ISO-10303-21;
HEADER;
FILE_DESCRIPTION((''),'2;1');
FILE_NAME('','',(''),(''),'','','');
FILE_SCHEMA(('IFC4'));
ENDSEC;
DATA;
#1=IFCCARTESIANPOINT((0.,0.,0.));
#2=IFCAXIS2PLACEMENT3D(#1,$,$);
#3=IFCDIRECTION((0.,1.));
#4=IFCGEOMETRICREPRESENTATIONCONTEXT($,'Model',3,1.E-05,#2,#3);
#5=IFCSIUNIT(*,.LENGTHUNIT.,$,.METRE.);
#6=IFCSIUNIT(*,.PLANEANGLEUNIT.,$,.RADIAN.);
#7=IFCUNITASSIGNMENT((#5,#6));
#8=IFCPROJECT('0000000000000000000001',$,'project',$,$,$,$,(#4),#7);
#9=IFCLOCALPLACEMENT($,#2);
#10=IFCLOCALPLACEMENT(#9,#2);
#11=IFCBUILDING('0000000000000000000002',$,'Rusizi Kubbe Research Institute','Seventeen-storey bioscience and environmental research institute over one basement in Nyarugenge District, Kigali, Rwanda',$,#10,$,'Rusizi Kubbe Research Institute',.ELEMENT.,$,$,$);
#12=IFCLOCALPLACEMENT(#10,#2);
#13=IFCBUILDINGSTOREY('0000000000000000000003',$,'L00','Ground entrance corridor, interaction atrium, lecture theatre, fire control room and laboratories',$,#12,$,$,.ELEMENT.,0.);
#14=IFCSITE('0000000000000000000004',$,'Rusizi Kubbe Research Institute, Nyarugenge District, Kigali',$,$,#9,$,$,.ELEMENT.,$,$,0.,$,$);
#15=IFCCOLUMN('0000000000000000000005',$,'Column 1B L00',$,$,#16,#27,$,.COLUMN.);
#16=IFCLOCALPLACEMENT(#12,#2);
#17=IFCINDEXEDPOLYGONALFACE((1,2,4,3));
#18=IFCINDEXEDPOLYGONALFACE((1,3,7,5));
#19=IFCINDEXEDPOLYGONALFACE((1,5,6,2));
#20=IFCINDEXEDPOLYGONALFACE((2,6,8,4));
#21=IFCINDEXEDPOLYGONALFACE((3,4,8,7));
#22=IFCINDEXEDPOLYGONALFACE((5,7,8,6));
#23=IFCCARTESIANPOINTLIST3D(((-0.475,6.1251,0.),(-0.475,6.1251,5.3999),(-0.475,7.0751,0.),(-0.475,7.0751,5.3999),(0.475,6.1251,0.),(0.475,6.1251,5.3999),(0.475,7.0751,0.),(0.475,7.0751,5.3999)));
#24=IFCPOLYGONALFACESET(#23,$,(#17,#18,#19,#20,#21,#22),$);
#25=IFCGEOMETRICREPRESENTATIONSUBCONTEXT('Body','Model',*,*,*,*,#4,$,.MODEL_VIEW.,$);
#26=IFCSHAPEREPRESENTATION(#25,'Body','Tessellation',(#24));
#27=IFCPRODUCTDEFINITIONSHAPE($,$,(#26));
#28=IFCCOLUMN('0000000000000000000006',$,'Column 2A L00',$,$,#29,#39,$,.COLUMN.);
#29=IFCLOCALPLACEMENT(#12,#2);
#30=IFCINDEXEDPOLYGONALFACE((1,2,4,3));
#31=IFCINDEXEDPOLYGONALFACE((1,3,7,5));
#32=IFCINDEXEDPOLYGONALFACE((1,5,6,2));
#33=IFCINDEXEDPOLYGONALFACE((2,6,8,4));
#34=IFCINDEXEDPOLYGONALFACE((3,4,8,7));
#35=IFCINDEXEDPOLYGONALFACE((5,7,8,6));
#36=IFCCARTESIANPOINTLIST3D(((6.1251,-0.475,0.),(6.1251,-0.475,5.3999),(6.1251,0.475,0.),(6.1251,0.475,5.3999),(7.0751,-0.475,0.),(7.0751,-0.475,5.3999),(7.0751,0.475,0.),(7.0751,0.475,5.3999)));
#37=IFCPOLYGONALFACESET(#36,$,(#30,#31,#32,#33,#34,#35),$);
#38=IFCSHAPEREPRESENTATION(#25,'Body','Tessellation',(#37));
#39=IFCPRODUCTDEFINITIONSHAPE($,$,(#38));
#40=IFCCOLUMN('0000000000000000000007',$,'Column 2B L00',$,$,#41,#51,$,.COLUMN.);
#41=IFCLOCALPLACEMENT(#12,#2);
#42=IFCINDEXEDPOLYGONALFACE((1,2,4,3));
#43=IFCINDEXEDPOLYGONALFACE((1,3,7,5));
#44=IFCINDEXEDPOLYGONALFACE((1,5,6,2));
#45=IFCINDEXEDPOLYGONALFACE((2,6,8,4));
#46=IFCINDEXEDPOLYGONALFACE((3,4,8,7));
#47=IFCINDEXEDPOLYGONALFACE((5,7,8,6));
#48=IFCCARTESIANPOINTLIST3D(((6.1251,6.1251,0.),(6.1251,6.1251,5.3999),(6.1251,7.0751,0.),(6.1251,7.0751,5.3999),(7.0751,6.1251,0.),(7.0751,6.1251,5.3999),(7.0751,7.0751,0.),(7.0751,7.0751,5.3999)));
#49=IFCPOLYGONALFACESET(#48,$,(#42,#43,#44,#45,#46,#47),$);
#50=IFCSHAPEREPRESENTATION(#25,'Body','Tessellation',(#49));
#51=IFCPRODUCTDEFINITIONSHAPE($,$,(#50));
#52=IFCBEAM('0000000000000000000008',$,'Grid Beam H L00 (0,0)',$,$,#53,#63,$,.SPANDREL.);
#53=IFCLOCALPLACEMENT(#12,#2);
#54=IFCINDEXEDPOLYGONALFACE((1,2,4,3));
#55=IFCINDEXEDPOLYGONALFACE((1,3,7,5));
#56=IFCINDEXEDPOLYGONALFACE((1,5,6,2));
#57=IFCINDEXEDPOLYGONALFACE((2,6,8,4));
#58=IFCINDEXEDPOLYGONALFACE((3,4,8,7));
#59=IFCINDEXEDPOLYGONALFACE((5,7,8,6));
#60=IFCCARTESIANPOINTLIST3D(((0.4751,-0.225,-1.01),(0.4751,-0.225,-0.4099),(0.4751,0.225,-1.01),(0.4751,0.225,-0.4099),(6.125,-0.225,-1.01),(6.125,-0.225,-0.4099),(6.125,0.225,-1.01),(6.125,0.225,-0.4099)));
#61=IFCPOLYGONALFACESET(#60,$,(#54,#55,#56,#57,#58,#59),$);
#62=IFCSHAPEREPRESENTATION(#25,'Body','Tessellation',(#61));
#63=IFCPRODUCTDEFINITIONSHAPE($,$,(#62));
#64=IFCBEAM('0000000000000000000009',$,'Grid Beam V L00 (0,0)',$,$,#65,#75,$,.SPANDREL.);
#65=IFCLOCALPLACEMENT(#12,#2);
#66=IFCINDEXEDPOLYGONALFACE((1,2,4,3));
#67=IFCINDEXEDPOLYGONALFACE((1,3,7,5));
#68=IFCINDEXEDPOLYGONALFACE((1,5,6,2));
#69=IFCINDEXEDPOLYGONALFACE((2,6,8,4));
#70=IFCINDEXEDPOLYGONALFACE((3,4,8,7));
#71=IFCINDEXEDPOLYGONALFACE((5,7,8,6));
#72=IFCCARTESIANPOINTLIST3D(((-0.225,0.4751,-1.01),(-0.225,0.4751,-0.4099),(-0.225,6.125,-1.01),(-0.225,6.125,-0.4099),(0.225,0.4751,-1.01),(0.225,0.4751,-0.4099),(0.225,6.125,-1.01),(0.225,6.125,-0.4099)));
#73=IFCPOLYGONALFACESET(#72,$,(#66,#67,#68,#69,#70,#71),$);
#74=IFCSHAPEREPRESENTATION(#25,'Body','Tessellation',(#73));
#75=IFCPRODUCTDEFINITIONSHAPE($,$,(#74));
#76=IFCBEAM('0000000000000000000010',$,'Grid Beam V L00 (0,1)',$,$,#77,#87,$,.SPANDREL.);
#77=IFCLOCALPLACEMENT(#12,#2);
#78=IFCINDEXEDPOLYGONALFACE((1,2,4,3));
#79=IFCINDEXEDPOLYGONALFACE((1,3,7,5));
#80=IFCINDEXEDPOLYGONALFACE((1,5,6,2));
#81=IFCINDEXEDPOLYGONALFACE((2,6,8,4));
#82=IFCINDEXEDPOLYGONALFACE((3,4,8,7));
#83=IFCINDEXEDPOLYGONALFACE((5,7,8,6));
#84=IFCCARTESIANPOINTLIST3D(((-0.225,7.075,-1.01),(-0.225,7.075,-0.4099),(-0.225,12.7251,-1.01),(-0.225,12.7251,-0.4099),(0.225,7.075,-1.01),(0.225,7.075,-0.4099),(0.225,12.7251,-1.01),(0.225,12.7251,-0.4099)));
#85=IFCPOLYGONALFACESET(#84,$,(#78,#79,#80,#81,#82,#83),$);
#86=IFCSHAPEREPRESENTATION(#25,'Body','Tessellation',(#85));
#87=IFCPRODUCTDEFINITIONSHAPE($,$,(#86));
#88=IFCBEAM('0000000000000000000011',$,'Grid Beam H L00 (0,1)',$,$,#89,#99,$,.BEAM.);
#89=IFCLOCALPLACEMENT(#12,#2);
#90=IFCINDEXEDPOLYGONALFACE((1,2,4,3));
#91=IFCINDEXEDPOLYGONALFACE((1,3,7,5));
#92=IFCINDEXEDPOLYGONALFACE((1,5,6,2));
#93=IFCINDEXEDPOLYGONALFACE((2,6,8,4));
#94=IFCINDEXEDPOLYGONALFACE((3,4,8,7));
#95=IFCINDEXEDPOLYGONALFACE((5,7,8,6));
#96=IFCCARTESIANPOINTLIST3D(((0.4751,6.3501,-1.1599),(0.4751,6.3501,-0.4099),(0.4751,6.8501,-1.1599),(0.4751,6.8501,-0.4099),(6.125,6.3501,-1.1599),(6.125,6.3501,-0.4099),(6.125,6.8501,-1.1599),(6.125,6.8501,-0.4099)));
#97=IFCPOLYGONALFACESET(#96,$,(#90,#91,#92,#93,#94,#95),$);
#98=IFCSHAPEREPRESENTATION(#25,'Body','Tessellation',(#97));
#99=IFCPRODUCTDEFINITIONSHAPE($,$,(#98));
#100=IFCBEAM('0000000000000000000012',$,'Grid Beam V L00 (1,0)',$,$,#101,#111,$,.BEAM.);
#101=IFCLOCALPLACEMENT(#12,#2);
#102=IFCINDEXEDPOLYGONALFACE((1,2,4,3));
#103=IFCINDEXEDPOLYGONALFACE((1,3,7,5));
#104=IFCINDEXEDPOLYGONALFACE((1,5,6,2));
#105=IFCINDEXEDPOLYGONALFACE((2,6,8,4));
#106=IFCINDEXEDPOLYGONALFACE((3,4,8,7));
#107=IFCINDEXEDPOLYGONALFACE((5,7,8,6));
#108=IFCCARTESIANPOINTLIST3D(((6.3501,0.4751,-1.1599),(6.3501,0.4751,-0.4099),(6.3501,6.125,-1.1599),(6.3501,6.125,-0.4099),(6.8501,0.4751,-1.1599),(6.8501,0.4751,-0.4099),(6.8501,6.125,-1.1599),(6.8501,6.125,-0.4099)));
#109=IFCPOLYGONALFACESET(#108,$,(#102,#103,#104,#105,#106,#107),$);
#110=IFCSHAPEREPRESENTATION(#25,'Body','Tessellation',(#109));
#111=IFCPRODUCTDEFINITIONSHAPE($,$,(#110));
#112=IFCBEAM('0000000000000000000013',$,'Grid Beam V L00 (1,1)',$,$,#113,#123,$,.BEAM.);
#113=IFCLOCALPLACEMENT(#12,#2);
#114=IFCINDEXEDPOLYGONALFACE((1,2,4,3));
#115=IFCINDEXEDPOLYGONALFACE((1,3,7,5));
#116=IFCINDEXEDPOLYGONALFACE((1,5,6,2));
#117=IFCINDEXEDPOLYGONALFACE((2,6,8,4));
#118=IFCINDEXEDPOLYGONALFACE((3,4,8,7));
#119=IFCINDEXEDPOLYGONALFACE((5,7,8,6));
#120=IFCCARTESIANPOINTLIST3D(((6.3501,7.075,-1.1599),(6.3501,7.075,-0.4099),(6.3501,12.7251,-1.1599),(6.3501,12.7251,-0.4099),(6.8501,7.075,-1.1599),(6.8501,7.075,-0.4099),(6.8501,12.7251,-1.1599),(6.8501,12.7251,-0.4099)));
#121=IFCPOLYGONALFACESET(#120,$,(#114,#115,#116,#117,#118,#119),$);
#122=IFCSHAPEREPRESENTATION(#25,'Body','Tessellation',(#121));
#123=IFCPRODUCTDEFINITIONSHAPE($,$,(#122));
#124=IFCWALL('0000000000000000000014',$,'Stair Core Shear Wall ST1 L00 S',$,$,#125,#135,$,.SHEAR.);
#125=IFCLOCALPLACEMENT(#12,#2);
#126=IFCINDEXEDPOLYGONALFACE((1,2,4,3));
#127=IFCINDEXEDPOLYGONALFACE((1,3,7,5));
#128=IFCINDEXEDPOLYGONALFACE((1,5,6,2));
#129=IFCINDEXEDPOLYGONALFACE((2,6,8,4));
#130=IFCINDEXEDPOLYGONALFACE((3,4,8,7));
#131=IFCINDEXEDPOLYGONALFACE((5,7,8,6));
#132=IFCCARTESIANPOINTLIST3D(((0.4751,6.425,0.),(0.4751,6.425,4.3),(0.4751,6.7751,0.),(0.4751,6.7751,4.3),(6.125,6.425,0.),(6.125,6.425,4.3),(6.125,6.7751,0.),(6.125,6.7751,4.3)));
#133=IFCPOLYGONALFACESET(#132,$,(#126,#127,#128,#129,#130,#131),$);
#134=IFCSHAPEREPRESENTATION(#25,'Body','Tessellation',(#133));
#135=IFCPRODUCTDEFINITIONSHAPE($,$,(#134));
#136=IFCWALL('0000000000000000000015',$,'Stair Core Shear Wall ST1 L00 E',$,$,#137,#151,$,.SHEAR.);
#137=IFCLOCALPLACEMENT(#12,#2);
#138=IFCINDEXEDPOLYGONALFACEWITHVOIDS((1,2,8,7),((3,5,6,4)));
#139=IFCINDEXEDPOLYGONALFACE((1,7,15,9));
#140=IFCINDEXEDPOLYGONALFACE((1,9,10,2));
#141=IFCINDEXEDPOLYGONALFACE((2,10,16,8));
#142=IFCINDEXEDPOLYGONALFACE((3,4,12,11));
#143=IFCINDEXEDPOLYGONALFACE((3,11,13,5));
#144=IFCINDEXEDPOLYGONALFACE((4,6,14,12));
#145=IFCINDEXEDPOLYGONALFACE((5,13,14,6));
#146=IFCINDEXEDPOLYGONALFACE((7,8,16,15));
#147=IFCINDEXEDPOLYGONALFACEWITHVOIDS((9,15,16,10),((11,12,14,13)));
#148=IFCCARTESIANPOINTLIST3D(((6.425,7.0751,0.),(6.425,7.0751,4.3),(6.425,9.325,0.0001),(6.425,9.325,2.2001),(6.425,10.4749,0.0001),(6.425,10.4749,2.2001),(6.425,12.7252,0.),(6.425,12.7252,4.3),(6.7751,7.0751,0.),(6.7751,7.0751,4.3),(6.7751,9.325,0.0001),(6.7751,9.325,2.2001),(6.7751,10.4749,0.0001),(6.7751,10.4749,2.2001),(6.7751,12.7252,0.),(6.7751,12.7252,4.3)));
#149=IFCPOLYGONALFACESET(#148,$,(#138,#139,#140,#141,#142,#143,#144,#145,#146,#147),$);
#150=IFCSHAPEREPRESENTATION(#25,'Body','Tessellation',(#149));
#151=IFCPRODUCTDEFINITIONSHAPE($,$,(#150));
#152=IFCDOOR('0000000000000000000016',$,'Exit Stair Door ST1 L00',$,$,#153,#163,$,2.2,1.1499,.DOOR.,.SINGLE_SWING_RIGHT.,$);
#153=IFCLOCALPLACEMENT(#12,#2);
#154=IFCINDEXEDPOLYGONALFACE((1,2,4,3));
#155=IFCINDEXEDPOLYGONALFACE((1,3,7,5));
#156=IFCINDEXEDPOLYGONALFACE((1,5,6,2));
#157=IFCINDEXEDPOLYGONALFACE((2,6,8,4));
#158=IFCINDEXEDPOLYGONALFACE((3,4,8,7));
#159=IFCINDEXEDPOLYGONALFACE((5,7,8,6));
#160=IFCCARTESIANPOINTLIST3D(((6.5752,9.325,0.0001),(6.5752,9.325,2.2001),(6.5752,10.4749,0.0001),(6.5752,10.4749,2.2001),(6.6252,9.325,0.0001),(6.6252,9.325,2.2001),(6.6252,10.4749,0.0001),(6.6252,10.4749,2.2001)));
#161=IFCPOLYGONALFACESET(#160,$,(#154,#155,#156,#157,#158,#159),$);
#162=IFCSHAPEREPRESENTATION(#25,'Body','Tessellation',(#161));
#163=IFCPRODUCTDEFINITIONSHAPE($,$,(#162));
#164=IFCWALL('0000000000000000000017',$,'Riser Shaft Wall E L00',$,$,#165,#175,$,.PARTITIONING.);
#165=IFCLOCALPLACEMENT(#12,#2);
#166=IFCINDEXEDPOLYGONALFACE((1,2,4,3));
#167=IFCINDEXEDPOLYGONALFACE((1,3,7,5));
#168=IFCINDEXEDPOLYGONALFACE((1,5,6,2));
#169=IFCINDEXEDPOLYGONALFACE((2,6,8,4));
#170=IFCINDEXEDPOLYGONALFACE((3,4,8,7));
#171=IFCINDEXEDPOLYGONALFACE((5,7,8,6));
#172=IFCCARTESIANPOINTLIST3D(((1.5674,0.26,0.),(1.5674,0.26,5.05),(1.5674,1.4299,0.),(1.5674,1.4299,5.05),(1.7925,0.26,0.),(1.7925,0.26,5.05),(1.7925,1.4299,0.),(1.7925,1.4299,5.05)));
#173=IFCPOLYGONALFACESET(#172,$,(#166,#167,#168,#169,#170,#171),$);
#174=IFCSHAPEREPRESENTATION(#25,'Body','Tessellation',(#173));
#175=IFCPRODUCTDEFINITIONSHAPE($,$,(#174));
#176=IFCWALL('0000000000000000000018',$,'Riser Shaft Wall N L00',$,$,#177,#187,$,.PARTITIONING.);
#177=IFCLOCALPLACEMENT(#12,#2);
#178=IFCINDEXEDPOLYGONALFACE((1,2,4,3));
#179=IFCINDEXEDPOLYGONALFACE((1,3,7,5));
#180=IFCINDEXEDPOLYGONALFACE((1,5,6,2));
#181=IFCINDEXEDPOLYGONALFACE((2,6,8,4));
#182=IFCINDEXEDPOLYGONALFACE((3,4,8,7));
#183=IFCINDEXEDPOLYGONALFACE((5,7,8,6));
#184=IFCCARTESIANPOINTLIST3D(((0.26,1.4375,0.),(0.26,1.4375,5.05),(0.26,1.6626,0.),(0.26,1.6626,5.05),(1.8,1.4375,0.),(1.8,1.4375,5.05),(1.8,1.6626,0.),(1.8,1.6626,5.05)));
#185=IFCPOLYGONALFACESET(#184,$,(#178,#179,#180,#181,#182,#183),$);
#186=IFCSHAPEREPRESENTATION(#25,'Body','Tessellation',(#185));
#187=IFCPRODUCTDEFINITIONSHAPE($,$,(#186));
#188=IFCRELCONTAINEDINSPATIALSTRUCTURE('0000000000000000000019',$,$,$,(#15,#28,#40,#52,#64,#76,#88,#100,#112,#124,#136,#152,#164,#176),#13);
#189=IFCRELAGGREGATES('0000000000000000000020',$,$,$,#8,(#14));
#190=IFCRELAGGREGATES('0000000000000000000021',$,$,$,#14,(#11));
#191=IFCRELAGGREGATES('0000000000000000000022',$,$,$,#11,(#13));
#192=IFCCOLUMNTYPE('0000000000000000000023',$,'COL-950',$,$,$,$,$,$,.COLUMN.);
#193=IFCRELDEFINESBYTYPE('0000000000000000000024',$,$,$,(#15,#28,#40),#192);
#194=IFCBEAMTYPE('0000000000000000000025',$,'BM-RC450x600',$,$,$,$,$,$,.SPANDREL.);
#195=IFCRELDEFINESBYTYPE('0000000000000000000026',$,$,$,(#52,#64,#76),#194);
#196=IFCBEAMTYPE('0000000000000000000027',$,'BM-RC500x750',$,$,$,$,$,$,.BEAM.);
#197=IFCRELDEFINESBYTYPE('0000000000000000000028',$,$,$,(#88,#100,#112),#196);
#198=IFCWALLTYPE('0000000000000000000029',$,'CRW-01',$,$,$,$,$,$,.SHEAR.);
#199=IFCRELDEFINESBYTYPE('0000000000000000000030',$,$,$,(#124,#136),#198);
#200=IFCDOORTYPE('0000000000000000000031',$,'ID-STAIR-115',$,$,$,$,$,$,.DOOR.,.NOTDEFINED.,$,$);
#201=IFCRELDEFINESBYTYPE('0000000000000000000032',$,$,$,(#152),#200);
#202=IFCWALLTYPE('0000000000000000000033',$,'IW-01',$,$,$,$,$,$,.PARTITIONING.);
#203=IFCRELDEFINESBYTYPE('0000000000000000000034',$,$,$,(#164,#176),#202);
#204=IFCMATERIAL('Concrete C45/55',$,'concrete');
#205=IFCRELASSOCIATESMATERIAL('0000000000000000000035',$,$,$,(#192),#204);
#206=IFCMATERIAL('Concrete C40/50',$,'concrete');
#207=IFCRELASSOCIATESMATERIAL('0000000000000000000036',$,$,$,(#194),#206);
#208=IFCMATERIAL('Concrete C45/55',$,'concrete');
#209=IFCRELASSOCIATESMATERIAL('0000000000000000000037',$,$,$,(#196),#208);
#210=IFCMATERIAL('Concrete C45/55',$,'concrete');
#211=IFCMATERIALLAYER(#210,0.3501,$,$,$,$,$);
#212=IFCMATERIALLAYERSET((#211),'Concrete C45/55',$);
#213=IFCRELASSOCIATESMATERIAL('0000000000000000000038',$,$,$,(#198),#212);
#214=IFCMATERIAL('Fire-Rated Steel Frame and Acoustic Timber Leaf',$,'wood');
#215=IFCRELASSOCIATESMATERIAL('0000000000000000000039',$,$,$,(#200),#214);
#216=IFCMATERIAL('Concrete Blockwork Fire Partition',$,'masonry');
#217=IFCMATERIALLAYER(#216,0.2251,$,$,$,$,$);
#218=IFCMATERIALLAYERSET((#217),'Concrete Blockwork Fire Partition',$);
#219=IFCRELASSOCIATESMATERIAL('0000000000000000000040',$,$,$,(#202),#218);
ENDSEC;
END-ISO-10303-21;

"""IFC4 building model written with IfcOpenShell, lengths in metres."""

from ifc_helpers import new_model, si_unit, direction, frame, frame_2d, origin, origin_2d, place, context, subcontext, project, spatial, rectangle, extrude, material, layer, layer_set, material_profile, profile_set, type_object, element, fill, save


model = new_model("IFC4")

# Units and contexts
model_context = context("Model", 3, precision=1e-05, world=origin(), true_north=direction((0.0, 1.0)))
body_context = subcontext(model_context, "Body", "Model", "MODEL_VIEW")
ifc_project = project(units=[si_unit("LENGTHUNIT", "METRE"), si_unit("PLANEANGLEUNIT", "RADIAN")], contexts=[model_context])

# Site, building, storey
site_placement = place(None, origin())
site = spatial("IfcSite", under=ifc_project, at=site_placement, Name="Rusizi Kubbe Research Institute, Nyarugenge District, Kigali", CompositionType="ELEMENT", RefElevation=0.0)
building_placement = place(site_placement, origin())
building = spatial("IfcBuilding", under=site, at=building_placement, Name="Rusizi Kubbe Research Institute", Description="Seventeen-storey bioscience and environmental research institute over one basement in Nyarugenge District, Kigali, Rwanda", LongName="Rusizi Kubbe Research Institute", CompositionType="ELEMENT")
storey_placement = place(building_placement, origin())
storey = spatial("IfcBuildingStorey", under=building, at=storey_placement, Name="L00", Description="Ground entrance corridor, interaction atrium, lecture theatre, fire control room and laboratories", CompositionType="ELEMENT", Elevation=0.0)

# Columns
ifc_material_1 = material(Name="Concrete C45/55", Category="concrete")
ifc_material_profile_1 = material_profile(ifc_material_1, rectangle(XDim=0.95, YDim=0.95, at=origin_2d()), Name="RC950x950")
ifc_profile_set_1 = profile_set([ifc_material_profile_1], Name="Concrete C45/55")
column_type = type_object("IfcColumnType", Name="COL-950", PredefinedType="COLUMN", material=ifc_profile_set_1)
for number, where, z_axis, x_axis, name in (
    (1, (0.0, 6.6001, 0.0), (0.0, 0.0, 1.0), (1.0, 0.0, 0.0), "Column 1B L00"),
    (2, (6.6001, 0.0, 0.0), (0.0, 0.0, 1.0), (1.0, 0.0, 0.0), "Column 2A L00"),
    (3, (6.6001, 6.6001, 0.0), (0.0, 0.0, 1.0), (1.0, 0.0, 0.0), "Column 2B L00"),
):
    element("IfcColumn", number, at=place(storey_placement, frame(where, z_axis=z_axis, x_axis=x_axis)), inside=storey, type_object=column_type, Name=name, PredefinedType="COLUMN", context=body_context, shape_type="SweptSolid", body=[
        extrude(rectangle(XDim=0.95, YDim=0.95, at=origin_2d()), origin(), (0.0, 0.0, 1.0), 5.3999),
    ])

# Beams
ifc_material_2 = material(Name="Concrete C40/50", Category="concrete")
ifc_material_profile_2 = material_profile(ifc_material_2, rectangle(XDim=0.45, YDim=0.6001, at=origin_2d()), Name="RC450x600")
ifc_profile_set_2 = profile_set([ifc_material_profile_2], Name="Concrete C40/50")
beam_type_1 = type_object("IfcBeamType", Name="BM-RC450x600", PredefinedType="SPANDREL", material=ifc_profile_set_2)
for number, where, z_axis, x_axis, name in (
    (4, (0.4751, 0.0, -0.71), (1.0, 0.0, 0.0), (0.0, 1.0, 0.0), "Grid Beam H L00 (0,0)"),
    (5, (0.0, 0.4751, -0.71), (0.0, 1.0, 0.0), (-1.0, 0.0, 0.0), "Grid Beam V L00 (0,0)"),
):
    element("IfcBeam", number, at=place(storey_placement, frame(where, z_axis=z_axis, x_axis=x_axis)), inside=storey, type_object=beam_type_1, Name=name, PredefinedType="SPANDREL", context=body_context, shape_type="SweptSolid", body=[
        extrude(rectangle(XDim=0.45, YDim=0.6001, at=origin_2d()), origin(), (0.0, 0.0, 1.0), 5.6499),
    ])
beam_1_placement = place(storey_placement, frame((0.0, 7.075, -0.71), z_axis=(0.0, 1.0, 0.0), x_axis=(-1.0, 0.0, 0.0)))
element("IfcBeam", 6, at=beam_1_placement, inside=storey, type_object=beam_type_1, Name="Grid Beam V L00 (0,1)", PredefinedType="SPANDREL", context=body_context, shape_type="SweptSolid", body=[
    extrude(rectangle(XDim=0.45, YDim=0.6001, at=origin_2d()), origin(), (0.0, 0.0, 1.0), 5.6501),
])
ifc_material_3 = material(Name="Concrete C45/55", Category="concrete")
ifc_material_profile_3 = material_profile(ifc_material_3, rectangle(XDim=0.5, YDim=0.75, at=origin_2d()), Name="RC500x750B")
ifc_profile_set_3 = profile_set([ifc_material_profile_3], Name="Concrete C45/55")
beam_type_2 = type_object("IfcBeamType", Name="BM-RC500x750", PredefinedType="BEAM", material=ifc_profile_set_3)
for number, where, z_axis, x_axis, name in (
    (7, (0.4751, 6.6001, -0.7849), (1.0, 0.0, 0.0), (0.0, 1.0, 0.0), "Grid Beam H L00 (0,1)"),
    (8, (6.6001, 0.4751, -0.7849), (0.0, 1.0, 0.0), (-1.0, 0.0, 0.0), "Grid Beam V L00 (1,0)"),
):
    element("IfcBeam", number, at=place(storey_placement, frame(where, z_axis=z_axis, x_axis=x_axis)), inside=storey, type_object=beam_type_2, Name=name, PredefinedType="BEAM", context=body_context, shape_type="SweptSolid", body=[
        extrude(rectangle(XDim=0.5, YDim=0.75, at=origin_2d()), origin(), (0.0, 0.0, 1.0), 5.6499),
    ])
beam_2_placement = place(storey_placement, frame((6.6001, 7.075, -0.7849), z_axis=(0.0, 1.0, 0.0), x_axis=(-1.0, 0.0, 0.0)))
element("IfcBeam", 9, at=beam_2_placement, inside=storey, type_object=beam_type_2, Name="Grid Beam V L00 (1,1)", PredefinedType="BEAM", context=body_context, shape_type="SweptSolid", body=[
    extrude(rectangle(XDim=0.5, YDim=0.75, at=origin_2d()), origin(), (0.0, 0.0, 1.0), 5.6501),
])

# Wall
ifc_material_4 = material(Name="Concrete C45/55", Category="concrete")
ifc_layer_1 = layer(ifc_material_4, 0.3501)
ifc_layer_set_1 = layer_set([ifc_layer_1], Name="Concrete C45/55")
wall_type_1 = type_object("IfcWallType", Name="CRW-01", PredefinedType="SHEAR", material=ifc_layer_set_1)
wall_1_placement = place(storey_placement, frame((0.4751, 6.6001, 0.0), z_axis=(0.0, 0.0, 1.0), x_axis=(1.0, 0.0, 0.0)))
element("IfcWall", 10, at=wall_1_placement, inside=storey, type_object=wall_type_1, Name="Stair Core Shear Wall ST1 L00 S", PredefinedType="SHEAR", context=body_context, shape_type="SweptSolid", body=[
    extrude(rectangle(XDim=5.6499, YDim=0.3501, at=frame_2d((2.825, 0.0))), origin(), (0.0, 0.0, 1.0), 4.3),
])

# Wall, opening, door
wall_2_placement = place(storey_placement, frame((6.6001, 7.075, 0.0), z_axis=(0.0, 0.0, 1.0), x_axis=(0.0, 1.0, 0.0)))
wall_2 = element("IfcWall", 11, at=wall_2_placement, inside=storey, type_object=wall_type_1, Name="Stair Core Shear Wall ST1 L00 E", PredefinedType="SHEAR", context=body_context, shape_type="SweptSolid", body=[
    extrude(rectangle(XDim=5.6501, YDim=0.3501, at=frame_2d((2.8252, 0.0))), origin(), (0.0, 0.0, 1.0), 4.3),
])
opening_1_placement = place(wall_2_placement, frame((2.25, 0.0, 0.0)))
opening_1 = element("IfcOpeningElement", 12, at=opening_1_placement, cuts=wall_2, PredefinedType="OPENING", context=body_context, shape_type="SweptSolid", body=[
    extrude(rectangle(XDim=1.1499, YDim=2.2, at=frame_2d((0.575, 1.1001))), frame((0.0, 0.1851, 0.0), z_axis=(0.0, -1.0, 0.0), x_axis=(1.0, 0.0, 0.0)), (0.0, 0.0, 1.0), 0.3701),
])
ifc_material_5 = material(Name="Fire-Rated Steel Frame and Acoustic Timber Leaf", Category="wood")
door_type_1 = type_object("IfcDoorType", Name="ID-STAIR-115", OperationType="NOTDEFINED", PredefinedType="DOOR", material=ifc_material_5)
door_1_placement = place(opening_1_placement, origin())
door_1 = element("IfcDoor", 13, at=door_1_placement, inside=storey, type_object=door_type_1, Name="Exit Stair Door ST1 L00", OperationType="SINGLE_SWING_RIGHT", OverallHeight=2.2, OverallWidth=1.1499, PredefinedType="DOOR", context=body_context, shape_type="SweptSolid", body=[
    extrude(rectangle(XDim=1.1499, YDim=2.2, at=frame_2d((0.575, 1.1001))), frame((0.0, 0.0249, 0.0), z_axis=(0.0, -1.0, 0.0), x_axis=(1.0, 0.0, 0.0)), (0.0, 0.0, 1.0), 0.05),
])
fill(opening_1, door_1)

# Walls
ifc_material_6 = material(Name="Concrete Blockwork Fire Partition", Category="masonry")
ifc_layer_2 = layer(ifc_material_6, 0.2251)
ifc_layer_set_2 = layer_set([ifc_layer_2], Name="Concrete Blockwork Fire Partition")
wall_type_2 = type_object("IfcWallType", Name="IW-01", PredefinedType="PARTITIONING", material=ifc_layer_set_2)
wall_3_placement = place(storey_placement, frame((1.6799, 0.26, 0.0), z_axis=(0.0, 0.0, 1.0), x_axis=(0.0, 1.0, 0.0)))
element("IfcWall", 14, at=wall_3_placement, inside=storey, type_object=wall_type_2, Name="Riser Shaft Wall E L00", PredefinedType="PARTITIONING", context=body_context, shape_type="SweptSolid", body=[
    extrude(rectangle(XDim=1.1699, YDim=0.2251, at=frame_2d((0.585, 0.0))), origin(), (0.0, 0.0, 1.0), 5.05),
])
wall_4_placement = place(storey_placement, frame((0.26, 1.55, 0.0), z_axis=(0.0, 0.0, 1.0), x_axis=(1.0, 0.0, 0.0)))
element("IfcWall", 15, at=wall_4_placement, inside=storey, type_object=wall_type_2, Name="Riser Shaft Wall N L00", PredefinedType="PARTITIONING", context=body_context, shape_type="SweptSolid", body=[
    extrude(rectangle(XDim=1.54, YDim=0.2251, at=frame_2d((0.77, 0.0))), origin(), (0.0, 0.0, 1.0), 5.05),
])

save(model, "model.ifc")
